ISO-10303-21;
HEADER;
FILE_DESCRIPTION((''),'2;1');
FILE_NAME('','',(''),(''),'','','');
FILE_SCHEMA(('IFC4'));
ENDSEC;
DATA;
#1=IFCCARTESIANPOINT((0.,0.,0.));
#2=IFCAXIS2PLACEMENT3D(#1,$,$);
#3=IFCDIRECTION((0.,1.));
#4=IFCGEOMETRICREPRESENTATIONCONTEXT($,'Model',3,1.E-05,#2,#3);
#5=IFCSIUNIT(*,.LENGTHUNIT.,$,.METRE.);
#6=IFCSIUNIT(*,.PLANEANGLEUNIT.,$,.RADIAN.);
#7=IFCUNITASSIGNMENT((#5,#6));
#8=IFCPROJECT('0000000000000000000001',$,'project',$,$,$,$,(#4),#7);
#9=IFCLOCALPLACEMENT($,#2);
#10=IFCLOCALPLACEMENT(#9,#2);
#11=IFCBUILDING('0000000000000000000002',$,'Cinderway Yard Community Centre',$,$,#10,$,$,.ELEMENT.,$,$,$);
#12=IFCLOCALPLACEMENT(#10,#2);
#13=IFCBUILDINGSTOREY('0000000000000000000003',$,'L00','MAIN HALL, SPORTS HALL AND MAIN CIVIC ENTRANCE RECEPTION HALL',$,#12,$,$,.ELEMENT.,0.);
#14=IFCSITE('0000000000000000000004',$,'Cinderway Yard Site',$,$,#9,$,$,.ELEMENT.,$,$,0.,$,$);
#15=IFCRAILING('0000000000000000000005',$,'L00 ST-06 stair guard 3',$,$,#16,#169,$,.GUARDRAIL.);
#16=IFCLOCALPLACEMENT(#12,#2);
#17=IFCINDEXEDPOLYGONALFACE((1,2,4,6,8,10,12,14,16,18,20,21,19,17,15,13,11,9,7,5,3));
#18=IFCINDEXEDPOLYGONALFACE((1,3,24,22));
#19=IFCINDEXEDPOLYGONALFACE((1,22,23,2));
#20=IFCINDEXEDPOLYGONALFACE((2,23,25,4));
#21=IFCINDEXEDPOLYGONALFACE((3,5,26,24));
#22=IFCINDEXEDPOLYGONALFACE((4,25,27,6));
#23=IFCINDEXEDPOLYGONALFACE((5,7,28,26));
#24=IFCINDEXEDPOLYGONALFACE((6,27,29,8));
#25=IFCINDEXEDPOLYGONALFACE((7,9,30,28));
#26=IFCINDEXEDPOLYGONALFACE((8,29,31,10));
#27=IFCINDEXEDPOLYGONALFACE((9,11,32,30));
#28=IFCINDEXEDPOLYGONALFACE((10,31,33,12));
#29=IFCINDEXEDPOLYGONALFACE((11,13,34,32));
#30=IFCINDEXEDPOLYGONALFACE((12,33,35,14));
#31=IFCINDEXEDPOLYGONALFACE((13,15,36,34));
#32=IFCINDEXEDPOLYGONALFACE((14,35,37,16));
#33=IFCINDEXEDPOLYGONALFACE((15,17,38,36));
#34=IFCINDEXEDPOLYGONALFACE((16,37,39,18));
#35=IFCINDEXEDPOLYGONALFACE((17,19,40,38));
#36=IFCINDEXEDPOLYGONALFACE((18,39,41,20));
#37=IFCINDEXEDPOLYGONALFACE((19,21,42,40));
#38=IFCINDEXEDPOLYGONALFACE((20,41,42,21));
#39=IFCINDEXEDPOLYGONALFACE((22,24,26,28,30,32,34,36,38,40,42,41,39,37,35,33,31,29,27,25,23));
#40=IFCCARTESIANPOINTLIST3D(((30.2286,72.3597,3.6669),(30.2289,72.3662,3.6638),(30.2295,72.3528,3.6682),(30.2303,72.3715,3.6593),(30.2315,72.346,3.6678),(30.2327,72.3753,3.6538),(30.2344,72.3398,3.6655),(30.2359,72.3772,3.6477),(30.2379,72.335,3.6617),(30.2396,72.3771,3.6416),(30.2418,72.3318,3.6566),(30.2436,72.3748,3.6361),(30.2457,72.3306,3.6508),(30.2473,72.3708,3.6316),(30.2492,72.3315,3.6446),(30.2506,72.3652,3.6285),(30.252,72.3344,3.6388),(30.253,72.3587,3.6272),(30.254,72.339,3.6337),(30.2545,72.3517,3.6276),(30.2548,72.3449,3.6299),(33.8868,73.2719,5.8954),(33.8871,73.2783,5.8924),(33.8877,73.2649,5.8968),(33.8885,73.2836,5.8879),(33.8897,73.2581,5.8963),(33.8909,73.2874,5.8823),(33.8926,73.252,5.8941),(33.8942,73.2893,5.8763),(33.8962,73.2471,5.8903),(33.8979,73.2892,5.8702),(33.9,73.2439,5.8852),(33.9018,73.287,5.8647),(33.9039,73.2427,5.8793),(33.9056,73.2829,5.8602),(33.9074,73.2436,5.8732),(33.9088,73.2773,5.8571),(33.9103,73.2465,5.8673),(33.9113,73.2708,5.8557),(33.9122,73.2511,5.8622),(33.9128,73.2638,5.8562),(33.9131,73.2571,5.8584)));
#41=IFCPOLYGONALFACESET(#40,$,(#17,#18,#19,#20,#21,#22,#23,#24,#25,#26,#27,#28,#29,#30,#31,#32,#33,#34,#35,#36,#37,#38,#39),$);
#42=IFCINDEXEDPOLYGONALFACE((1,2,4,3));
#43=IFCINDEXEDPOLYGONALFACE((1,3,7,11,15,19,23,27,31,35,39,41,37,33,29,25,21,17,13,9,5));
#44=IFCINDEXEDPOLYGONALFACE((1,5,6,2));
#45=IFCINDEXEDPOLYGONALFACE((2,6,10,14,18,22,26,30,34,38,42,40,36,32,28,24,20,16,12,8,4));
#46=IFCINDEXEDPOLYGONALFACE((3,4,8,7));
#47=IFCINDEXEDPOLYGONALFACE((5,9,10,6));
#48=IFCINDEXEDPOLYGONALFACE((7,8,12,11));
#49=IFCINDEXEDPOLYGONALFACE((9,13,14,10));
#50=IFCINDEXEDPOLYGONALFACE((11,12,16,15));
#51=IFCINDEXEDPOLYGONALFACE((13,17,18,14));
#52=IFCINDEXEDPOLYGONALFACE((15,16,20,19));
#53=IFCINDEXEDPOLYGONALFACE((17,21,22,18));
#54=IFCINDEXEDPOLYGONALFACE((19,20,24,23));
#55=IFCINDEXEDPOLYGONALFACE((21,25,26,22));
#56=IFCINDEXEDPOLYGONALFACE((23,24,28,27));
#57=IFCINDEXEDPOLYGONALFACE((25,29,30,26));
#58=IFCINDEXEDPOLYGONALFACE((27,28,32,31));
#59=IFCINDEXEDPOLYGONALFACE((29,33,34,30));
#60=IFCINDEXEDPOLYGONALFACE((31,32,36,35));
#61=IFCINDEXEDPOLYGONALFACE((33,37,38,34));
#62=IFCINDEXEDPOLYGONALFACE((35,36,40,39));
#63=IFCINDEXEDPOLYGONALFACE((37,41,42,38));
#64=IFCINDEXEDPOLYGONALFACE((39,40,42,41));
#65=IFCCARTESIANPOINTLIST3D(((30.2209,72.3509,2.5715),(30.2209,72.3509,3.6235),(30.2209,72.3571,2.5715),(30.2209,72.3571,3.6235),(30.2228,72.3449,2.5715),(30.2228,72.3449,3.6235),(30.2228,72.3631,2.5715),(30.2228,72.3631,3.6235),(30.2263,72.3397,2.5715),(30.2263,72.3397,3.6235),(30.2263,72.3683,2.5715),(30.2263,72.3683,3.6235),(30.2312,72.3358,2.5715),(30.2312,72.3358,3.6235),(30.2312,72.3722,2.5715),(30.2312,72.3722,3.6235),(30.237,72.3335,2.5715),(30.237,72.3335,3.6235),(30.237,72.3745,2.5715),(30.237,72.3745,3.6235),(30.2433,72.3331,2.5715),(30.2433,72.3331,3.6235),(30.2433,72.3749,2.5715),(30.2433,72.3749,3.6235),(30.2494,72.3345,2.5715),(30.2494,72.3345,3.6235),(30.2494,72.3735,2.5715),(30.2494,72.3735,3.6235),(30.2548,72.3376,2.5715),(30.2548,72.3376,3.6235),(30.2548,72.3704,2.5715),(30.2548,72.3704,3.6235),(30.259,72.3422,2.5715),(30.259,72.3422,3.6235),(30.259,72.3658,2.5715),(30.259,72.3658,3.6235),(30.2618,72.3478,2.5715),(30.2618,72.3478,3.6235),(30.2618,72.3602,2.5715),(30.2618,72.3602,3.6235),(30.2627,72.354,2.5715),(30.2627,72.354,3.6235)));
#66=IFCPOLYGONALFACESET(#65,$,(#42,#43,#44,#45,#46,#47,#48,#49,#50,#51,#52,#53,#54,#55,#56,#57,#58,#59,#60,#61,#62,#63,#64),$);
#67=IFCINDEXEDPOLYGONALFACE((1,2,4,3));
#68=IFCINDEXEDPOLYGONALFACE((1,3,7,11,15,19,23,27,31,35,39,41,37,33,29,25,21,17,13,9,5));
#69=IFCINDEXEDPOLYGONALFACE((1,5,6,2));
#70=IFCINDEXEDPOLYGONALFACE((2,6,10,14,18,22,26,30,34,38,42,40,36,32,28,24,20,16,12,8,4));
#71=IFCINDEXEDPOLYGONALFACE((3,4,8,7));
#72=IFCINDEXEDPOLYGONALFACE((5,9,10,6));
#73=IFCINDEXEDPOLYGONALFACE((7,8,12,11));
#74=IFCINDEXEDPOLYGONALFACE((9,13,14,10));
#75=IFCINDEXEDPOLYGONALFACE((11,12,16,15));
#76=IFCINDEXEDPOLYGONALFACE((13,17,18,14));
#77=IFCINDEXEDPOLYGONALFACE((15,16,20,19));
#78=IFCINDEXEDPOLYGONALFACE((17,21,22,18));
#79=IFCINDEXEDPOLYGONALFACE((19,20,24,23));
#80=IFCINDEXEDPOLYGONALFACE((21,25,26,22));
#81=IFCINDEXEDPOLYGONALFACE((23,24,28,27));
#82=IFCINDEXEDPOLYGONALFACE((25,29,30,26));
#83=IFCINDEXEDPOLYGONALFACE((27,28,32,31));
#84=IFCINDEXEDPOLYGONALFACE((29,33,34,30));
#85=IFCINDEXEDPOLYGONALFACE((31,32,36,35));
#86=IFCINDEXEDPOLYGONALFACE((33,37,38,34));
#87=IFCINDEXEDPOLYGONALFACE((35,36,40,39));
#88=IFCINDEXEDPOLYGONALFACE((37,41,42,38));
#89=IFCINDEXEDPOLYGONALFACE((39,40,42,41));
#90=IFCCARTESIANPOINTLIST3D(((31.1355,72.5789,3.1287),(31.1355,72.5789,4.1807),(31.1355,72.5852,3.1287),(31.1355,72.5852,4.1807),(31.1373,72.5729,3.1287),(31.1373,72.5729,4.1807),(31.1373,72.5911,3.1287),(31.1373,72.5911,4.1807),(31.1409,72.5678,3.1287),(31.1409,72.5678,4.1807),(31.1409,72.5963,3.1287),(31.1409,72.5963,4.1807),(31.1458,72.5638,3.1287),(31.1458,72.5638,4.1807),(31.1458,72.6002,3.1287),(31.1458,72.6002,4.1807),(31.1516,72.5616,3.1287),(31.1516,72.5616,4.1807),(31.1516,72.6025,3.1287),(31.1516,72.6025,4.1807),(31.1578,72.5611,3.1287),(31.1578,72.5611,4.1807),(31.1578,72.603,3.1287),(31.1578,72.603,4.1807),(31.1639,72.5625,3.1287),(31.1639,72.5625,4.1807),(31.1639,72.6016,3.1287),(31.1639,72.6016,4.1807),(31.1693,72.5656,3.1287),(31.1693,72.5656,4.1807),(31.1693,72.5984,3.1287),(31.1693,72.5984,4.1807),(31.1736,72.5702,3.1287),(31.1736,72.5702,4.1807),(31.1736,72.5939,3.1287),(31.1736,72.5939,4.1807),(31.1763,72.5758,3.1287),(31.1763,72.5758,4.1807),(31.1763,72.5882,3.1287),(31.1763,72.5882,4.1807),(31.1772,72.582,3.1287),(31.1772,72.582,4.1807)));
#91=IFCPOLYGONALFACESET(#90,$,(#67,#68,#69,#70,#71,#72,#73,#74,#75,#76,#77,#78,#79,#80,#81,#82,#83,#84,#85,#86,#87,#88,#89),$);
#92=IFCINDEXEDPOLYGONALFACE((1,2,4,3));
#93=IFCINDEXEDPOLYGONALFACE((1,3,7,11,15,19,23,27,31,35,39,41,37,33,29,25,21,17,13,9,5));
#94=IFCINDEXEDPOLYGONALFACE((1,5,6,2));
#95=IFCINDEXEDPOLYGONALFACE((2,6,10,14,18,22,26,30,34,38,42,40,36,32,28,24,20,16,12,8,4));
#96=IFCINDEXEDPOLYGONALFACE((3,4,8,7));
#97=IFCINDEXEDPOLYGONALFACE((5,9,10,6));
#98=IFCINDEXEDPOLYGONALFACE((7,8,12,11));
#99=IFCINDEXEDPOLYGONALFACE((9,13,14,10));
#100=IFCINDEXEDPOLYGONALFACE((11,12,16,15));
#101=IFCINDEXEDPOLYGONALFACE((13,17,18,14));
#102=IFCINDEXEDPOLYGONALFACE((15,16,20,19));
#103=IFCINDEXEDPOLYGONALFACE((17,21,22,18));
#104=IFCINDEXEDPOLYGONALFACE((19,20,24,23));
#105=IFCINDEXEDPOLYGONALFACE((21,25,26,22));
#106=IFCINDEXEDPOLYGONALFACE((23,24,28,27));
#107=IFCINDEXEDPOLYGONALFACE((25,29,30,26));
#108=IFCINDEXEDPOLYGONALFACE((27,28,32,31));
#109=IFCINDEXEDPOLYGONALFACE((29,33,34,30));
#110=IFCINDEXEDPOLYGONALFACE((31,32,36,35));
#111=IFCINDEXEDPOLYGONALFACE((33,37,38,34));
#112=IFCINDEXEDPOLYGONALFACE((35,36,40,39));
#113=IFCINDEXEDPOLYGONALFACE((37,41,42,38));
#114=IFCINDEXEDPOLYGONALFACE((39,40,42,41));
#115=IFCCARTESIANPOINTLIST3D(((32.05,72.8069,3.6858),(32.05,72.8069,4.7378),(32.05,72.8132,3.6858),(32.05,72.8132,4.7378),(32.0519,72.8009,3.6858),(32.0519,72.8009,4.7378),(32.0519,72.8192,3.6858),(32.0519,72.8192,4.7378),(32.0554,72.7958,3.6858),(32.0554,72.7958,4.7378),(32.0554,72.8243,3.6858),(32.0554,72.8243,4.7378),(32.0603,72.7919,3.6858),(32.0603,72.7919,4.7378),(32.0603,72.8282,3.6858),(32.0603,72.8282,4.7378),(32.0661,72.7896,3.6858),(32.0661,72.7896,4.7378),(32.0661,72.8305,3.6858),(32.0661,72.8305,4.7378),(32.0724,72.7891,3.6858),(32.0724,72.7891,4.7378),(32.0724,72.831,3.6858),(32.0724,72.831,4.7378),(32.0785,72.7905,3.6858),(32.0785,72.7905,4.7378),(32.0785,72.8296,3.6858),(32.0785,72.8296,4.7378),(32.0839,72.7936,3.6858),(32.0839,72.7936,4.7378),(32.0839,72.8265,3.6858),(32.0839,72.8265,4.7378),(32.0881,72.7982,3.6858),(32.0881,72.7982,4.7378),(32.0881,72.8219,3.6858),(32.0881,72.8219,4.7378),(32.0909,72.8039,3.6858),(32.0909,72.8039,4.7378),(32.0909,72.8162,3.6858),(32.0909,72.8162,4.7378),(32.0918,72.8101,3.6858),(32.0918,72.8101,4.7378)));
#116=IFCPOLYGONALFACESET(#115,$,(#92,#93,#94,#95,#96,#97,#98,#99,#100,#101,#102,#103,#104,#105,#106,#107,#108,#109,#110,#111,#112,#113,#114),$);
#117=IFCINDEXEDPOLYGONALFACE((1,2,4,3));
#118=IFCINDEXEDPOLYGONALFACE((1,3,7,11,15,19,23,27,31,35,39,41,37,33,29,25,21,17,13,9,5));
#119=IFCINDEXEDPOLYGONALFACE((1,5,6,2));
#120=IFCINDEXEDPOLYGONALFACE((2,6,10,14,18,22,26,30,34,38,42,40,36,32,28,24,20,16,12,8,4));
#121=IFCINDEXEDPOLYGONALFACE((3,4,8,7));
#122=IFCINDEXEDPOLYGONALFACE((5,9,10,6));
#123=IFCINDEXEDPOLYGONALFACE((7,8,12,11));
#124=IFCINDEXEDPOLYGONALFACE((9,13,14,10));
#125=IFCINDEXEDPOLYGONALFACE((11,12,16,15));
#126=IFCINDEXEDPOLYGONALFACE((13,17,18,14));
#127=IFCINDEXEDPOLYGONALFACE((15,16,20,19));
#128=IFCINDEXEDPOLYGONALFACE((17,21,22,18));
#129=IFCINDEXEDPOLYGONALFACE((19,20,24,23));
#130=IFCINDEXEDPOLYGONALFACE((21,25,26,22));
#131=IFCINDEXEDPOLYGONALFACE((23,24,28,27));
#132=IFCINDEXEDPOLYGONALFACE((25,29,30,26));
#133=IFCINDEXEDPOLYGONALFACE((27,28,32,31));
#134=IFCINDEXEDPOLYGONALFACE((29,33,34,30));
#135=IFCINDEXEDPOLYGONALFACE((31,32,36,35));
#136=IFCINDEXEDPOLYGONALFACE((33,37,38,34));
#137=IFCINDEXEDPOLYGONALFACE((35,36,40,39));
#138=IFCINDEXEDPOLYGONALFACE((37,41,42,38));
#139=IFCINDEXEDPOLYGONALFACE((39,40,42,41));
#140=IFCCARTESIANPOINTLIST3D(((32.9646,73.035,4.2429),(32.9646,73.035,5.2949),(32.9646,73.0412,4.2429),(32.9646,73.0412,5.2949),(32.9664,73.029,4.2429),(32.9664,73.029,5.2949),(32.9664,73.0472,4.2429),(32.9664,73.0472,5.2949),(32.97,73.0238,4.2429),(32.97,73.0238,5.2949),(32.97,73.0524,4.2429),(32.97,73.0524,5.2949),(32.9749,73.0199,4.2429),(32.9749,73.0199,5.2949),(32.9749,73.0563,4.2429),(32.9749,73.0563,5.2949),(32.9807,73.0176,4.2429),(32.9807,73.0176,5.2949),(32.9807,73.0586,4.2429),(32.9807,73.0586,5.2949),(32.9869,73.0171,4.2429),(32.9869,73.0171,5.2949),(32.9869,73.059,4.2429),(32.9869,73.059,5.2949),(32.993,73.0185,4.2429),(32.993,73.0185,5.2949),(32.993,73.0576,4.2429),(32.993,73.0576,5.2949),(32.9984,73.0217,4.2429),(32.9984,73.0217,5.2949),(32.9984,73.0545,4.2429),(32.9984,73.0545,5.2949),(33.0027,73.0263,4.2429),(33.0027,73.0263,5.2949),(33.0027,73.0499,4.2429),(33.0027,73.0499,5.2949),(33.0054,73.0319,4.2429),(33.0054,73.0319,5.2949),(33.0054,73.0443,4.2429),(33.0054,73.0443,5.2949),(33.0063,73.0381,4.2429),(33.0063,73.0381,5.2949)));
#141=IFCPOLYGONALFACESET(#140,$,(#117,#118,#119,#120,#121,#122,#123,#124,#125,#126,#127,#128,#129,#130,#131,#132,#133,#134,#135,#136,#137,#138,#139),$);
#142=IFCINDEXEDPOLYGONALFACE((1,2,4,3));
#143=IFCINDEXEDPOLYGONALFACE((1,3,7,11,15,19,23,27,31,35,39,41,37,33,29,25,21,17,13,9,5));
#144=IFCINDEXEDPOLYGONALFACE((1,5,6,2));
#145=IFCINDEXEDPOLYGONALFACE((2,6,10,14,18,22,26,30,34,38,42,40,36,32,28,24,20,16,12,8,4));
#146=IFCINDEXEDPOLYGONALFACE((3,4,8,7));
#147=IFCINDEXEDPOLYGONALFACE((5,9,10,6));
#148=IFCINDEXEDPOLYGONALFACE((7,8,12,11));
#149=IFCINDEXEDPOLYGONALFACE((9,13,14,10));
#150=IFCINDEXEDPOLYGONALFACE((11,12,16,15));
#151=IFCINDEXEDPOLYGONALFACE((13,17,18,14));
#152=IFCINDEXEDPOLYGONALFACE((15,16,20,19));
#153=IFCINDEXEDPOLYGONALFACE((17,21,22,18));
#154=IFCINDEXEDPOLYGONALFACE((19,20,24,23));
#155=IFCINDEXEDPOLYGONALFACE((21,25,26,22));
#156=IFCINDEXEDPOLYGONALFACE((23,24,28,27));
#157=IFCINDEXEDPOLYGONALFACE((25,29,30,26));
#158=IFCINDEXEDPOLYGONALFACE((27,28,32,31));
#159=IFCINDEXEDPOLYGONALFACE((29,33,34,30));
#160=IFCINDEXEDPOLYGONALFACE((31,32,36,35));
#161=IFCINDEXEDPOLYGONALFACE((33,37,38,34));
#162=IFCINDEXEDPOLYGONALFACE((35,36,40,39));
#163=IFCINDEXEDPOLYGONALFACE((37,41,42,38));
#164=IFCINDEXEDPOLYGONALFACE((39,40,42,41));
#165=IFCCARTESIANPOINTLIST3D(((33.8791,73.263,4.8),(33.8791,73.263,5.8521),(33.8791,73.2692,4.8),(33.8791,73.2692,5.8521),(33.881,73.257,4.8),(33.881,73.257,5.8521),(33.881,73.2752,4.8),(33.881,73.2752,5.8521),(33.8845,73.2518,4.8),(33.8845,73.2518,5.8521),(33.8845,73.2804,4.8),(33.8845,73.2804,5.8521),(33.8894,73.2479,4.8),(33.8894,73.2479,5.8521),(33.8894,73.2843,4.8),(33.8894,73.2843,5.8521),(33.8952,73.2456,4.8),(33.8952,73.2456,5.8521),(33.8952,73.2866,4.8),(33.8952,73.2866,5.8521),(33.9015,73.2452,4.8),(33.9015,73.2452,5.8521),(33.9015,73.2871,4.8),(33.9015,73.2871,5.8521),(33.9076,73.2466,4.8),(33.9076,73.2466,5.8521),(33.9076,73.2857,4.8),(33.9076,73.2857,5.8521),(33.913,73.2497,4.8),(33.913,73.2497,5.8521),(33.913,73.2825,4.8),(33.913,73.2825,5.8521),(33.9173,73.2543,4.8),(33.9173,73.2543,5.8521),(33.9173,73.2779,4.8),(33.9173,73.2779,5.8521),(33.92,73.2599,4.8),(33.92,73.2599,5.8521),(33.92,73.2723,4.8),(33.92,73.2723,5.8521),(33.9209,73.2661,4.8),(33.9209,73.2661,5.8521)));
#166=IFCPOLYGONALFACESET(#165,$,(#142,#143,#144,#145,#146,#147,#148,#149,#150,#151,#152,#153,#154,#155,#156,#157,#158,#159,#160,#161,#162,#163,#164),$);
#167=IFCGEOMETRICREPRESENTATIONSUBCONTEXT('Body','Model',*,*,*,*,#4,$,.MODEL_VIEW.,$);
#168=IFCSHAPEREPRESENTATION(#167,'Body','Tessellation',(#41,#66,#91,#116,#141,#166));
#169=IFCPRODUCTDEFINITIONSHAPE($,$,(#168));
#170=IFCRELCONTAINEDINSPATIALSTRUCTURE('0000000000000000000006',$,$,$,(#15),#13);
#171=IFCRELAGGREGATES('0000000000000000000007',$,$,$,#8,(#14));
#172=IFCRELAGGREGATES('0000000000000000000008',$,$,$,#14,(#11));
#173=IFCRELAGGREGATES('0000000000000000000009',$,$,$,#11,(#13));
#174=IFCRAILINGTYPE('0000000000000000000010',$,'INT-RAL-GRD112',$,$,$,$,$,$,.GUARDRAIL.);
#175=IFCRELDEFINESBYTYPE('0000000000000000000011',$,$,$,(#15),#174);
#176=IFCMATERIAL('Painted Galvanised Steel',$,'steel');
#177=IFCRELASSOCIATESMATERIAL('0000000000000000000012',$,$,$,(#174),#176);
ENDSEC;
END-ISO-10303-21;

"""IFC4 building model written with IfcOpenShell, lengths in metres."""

from ifc_helpers import new_model, si_unit, direction, frame, origin, origin_2d, place, context, subcontext, project, spatial, circle, extrude, material, type_object, element, save


model = new_model("IFC4")

# Units and contexts
model_context = context("Model", 3, precision=1e-05, world=origin(), true_north=direction((0.0, 1.0)))
body_context = subcontext(model_context, "Body", "Model", "MODEL_VIEW")
ifc_project = project(units=[si_unit("LENGTHUNIT", "METRE"), si_unit("PLANEANGLEUNIT", "RADIAN")], contexts=[model_context])

# Site, building, storey
site_placement = place(None, origin())
site = spatial("IfcSite", under=ifc_project, at=site_placement, Name="Cinderway Yard Site", CompositionType="ELEMENT", RefElevation=0.0)
building_placement = place(site_placement, origin())
building = spatial("IfcBuilding", under=site, at=building_placement, Name="Cinderway Yard Community Centre", CompositionType="ELEMENT")
storey_placement = place(building_placement, origin())
storey = spatial("IfcBuildingStorey", under=building, at=storey_placement, Name="L00", Description="MAIN HALL, SPORTS HALL AND MAIN CIVIC ENTRANCE RECEPTION HALL", CompositionType="ELEMENT", Elevation=0.0)

# Shared definitions
ifc_material_1 = material(Name="Painted Galvanised Steel", Category="steel")

# Railing
railing_type_1 = type_object("IfcRailingType", Name="INT-RAL-GRD112", PredefinedType="GUARDRAIL", material=ifc_material_1)
railing_1_placement = place(storey_placement, frame((30.2417, 72.354, 2.5715)))
element("IfcRailing", 1, at=railing_1_placement, inside=storey, type_object=railing_type_1, Name="L00 ST-06 stair guard 3", PredefinedType="GUARDRAIL", context=body_context, shape_type="SweptSolid", body=[
    extrude(circle(Radius=0.0239, at=origin_2d()), frame((0.0, 0.0, 1.0762), z_axis=(0.835287, 0.208264, 0.508843), x_axis=(-0.241926, 0.970295, 0.0)), (0.0, 0.0, 1.0), 4.3796),
    extrude(circle(Radius=0.021, at=origin_2d()), origin(), (0.0, 0.0, 1.0), 1.052),
    extrude(circle(Radius=0.021, at=origin_2d()), frame((0.9146, 0.228, 0.5571)), (0.0, 0.0, 1.0), 1.052),
    extrude(circle(Radius=0.021, at=origin_2d()), frame((1.8291, 0.4561, 1.1143)), (0.0, 0.0, 1.0), 1.052),
    extrude(circle(Radius=0.021, at=origin_2d()), frame((2.7437, 0.6841, 1.6714)), (0.0, 0.0, 1.0), 1.052),
    extrude(circle(Radius=0.021, at=origin_2d()), frame((3.6582, 0.9121, 2.2285)), (0.0, 0.0, 1.0), 1.052),
])

save(model, "model.ifc")
